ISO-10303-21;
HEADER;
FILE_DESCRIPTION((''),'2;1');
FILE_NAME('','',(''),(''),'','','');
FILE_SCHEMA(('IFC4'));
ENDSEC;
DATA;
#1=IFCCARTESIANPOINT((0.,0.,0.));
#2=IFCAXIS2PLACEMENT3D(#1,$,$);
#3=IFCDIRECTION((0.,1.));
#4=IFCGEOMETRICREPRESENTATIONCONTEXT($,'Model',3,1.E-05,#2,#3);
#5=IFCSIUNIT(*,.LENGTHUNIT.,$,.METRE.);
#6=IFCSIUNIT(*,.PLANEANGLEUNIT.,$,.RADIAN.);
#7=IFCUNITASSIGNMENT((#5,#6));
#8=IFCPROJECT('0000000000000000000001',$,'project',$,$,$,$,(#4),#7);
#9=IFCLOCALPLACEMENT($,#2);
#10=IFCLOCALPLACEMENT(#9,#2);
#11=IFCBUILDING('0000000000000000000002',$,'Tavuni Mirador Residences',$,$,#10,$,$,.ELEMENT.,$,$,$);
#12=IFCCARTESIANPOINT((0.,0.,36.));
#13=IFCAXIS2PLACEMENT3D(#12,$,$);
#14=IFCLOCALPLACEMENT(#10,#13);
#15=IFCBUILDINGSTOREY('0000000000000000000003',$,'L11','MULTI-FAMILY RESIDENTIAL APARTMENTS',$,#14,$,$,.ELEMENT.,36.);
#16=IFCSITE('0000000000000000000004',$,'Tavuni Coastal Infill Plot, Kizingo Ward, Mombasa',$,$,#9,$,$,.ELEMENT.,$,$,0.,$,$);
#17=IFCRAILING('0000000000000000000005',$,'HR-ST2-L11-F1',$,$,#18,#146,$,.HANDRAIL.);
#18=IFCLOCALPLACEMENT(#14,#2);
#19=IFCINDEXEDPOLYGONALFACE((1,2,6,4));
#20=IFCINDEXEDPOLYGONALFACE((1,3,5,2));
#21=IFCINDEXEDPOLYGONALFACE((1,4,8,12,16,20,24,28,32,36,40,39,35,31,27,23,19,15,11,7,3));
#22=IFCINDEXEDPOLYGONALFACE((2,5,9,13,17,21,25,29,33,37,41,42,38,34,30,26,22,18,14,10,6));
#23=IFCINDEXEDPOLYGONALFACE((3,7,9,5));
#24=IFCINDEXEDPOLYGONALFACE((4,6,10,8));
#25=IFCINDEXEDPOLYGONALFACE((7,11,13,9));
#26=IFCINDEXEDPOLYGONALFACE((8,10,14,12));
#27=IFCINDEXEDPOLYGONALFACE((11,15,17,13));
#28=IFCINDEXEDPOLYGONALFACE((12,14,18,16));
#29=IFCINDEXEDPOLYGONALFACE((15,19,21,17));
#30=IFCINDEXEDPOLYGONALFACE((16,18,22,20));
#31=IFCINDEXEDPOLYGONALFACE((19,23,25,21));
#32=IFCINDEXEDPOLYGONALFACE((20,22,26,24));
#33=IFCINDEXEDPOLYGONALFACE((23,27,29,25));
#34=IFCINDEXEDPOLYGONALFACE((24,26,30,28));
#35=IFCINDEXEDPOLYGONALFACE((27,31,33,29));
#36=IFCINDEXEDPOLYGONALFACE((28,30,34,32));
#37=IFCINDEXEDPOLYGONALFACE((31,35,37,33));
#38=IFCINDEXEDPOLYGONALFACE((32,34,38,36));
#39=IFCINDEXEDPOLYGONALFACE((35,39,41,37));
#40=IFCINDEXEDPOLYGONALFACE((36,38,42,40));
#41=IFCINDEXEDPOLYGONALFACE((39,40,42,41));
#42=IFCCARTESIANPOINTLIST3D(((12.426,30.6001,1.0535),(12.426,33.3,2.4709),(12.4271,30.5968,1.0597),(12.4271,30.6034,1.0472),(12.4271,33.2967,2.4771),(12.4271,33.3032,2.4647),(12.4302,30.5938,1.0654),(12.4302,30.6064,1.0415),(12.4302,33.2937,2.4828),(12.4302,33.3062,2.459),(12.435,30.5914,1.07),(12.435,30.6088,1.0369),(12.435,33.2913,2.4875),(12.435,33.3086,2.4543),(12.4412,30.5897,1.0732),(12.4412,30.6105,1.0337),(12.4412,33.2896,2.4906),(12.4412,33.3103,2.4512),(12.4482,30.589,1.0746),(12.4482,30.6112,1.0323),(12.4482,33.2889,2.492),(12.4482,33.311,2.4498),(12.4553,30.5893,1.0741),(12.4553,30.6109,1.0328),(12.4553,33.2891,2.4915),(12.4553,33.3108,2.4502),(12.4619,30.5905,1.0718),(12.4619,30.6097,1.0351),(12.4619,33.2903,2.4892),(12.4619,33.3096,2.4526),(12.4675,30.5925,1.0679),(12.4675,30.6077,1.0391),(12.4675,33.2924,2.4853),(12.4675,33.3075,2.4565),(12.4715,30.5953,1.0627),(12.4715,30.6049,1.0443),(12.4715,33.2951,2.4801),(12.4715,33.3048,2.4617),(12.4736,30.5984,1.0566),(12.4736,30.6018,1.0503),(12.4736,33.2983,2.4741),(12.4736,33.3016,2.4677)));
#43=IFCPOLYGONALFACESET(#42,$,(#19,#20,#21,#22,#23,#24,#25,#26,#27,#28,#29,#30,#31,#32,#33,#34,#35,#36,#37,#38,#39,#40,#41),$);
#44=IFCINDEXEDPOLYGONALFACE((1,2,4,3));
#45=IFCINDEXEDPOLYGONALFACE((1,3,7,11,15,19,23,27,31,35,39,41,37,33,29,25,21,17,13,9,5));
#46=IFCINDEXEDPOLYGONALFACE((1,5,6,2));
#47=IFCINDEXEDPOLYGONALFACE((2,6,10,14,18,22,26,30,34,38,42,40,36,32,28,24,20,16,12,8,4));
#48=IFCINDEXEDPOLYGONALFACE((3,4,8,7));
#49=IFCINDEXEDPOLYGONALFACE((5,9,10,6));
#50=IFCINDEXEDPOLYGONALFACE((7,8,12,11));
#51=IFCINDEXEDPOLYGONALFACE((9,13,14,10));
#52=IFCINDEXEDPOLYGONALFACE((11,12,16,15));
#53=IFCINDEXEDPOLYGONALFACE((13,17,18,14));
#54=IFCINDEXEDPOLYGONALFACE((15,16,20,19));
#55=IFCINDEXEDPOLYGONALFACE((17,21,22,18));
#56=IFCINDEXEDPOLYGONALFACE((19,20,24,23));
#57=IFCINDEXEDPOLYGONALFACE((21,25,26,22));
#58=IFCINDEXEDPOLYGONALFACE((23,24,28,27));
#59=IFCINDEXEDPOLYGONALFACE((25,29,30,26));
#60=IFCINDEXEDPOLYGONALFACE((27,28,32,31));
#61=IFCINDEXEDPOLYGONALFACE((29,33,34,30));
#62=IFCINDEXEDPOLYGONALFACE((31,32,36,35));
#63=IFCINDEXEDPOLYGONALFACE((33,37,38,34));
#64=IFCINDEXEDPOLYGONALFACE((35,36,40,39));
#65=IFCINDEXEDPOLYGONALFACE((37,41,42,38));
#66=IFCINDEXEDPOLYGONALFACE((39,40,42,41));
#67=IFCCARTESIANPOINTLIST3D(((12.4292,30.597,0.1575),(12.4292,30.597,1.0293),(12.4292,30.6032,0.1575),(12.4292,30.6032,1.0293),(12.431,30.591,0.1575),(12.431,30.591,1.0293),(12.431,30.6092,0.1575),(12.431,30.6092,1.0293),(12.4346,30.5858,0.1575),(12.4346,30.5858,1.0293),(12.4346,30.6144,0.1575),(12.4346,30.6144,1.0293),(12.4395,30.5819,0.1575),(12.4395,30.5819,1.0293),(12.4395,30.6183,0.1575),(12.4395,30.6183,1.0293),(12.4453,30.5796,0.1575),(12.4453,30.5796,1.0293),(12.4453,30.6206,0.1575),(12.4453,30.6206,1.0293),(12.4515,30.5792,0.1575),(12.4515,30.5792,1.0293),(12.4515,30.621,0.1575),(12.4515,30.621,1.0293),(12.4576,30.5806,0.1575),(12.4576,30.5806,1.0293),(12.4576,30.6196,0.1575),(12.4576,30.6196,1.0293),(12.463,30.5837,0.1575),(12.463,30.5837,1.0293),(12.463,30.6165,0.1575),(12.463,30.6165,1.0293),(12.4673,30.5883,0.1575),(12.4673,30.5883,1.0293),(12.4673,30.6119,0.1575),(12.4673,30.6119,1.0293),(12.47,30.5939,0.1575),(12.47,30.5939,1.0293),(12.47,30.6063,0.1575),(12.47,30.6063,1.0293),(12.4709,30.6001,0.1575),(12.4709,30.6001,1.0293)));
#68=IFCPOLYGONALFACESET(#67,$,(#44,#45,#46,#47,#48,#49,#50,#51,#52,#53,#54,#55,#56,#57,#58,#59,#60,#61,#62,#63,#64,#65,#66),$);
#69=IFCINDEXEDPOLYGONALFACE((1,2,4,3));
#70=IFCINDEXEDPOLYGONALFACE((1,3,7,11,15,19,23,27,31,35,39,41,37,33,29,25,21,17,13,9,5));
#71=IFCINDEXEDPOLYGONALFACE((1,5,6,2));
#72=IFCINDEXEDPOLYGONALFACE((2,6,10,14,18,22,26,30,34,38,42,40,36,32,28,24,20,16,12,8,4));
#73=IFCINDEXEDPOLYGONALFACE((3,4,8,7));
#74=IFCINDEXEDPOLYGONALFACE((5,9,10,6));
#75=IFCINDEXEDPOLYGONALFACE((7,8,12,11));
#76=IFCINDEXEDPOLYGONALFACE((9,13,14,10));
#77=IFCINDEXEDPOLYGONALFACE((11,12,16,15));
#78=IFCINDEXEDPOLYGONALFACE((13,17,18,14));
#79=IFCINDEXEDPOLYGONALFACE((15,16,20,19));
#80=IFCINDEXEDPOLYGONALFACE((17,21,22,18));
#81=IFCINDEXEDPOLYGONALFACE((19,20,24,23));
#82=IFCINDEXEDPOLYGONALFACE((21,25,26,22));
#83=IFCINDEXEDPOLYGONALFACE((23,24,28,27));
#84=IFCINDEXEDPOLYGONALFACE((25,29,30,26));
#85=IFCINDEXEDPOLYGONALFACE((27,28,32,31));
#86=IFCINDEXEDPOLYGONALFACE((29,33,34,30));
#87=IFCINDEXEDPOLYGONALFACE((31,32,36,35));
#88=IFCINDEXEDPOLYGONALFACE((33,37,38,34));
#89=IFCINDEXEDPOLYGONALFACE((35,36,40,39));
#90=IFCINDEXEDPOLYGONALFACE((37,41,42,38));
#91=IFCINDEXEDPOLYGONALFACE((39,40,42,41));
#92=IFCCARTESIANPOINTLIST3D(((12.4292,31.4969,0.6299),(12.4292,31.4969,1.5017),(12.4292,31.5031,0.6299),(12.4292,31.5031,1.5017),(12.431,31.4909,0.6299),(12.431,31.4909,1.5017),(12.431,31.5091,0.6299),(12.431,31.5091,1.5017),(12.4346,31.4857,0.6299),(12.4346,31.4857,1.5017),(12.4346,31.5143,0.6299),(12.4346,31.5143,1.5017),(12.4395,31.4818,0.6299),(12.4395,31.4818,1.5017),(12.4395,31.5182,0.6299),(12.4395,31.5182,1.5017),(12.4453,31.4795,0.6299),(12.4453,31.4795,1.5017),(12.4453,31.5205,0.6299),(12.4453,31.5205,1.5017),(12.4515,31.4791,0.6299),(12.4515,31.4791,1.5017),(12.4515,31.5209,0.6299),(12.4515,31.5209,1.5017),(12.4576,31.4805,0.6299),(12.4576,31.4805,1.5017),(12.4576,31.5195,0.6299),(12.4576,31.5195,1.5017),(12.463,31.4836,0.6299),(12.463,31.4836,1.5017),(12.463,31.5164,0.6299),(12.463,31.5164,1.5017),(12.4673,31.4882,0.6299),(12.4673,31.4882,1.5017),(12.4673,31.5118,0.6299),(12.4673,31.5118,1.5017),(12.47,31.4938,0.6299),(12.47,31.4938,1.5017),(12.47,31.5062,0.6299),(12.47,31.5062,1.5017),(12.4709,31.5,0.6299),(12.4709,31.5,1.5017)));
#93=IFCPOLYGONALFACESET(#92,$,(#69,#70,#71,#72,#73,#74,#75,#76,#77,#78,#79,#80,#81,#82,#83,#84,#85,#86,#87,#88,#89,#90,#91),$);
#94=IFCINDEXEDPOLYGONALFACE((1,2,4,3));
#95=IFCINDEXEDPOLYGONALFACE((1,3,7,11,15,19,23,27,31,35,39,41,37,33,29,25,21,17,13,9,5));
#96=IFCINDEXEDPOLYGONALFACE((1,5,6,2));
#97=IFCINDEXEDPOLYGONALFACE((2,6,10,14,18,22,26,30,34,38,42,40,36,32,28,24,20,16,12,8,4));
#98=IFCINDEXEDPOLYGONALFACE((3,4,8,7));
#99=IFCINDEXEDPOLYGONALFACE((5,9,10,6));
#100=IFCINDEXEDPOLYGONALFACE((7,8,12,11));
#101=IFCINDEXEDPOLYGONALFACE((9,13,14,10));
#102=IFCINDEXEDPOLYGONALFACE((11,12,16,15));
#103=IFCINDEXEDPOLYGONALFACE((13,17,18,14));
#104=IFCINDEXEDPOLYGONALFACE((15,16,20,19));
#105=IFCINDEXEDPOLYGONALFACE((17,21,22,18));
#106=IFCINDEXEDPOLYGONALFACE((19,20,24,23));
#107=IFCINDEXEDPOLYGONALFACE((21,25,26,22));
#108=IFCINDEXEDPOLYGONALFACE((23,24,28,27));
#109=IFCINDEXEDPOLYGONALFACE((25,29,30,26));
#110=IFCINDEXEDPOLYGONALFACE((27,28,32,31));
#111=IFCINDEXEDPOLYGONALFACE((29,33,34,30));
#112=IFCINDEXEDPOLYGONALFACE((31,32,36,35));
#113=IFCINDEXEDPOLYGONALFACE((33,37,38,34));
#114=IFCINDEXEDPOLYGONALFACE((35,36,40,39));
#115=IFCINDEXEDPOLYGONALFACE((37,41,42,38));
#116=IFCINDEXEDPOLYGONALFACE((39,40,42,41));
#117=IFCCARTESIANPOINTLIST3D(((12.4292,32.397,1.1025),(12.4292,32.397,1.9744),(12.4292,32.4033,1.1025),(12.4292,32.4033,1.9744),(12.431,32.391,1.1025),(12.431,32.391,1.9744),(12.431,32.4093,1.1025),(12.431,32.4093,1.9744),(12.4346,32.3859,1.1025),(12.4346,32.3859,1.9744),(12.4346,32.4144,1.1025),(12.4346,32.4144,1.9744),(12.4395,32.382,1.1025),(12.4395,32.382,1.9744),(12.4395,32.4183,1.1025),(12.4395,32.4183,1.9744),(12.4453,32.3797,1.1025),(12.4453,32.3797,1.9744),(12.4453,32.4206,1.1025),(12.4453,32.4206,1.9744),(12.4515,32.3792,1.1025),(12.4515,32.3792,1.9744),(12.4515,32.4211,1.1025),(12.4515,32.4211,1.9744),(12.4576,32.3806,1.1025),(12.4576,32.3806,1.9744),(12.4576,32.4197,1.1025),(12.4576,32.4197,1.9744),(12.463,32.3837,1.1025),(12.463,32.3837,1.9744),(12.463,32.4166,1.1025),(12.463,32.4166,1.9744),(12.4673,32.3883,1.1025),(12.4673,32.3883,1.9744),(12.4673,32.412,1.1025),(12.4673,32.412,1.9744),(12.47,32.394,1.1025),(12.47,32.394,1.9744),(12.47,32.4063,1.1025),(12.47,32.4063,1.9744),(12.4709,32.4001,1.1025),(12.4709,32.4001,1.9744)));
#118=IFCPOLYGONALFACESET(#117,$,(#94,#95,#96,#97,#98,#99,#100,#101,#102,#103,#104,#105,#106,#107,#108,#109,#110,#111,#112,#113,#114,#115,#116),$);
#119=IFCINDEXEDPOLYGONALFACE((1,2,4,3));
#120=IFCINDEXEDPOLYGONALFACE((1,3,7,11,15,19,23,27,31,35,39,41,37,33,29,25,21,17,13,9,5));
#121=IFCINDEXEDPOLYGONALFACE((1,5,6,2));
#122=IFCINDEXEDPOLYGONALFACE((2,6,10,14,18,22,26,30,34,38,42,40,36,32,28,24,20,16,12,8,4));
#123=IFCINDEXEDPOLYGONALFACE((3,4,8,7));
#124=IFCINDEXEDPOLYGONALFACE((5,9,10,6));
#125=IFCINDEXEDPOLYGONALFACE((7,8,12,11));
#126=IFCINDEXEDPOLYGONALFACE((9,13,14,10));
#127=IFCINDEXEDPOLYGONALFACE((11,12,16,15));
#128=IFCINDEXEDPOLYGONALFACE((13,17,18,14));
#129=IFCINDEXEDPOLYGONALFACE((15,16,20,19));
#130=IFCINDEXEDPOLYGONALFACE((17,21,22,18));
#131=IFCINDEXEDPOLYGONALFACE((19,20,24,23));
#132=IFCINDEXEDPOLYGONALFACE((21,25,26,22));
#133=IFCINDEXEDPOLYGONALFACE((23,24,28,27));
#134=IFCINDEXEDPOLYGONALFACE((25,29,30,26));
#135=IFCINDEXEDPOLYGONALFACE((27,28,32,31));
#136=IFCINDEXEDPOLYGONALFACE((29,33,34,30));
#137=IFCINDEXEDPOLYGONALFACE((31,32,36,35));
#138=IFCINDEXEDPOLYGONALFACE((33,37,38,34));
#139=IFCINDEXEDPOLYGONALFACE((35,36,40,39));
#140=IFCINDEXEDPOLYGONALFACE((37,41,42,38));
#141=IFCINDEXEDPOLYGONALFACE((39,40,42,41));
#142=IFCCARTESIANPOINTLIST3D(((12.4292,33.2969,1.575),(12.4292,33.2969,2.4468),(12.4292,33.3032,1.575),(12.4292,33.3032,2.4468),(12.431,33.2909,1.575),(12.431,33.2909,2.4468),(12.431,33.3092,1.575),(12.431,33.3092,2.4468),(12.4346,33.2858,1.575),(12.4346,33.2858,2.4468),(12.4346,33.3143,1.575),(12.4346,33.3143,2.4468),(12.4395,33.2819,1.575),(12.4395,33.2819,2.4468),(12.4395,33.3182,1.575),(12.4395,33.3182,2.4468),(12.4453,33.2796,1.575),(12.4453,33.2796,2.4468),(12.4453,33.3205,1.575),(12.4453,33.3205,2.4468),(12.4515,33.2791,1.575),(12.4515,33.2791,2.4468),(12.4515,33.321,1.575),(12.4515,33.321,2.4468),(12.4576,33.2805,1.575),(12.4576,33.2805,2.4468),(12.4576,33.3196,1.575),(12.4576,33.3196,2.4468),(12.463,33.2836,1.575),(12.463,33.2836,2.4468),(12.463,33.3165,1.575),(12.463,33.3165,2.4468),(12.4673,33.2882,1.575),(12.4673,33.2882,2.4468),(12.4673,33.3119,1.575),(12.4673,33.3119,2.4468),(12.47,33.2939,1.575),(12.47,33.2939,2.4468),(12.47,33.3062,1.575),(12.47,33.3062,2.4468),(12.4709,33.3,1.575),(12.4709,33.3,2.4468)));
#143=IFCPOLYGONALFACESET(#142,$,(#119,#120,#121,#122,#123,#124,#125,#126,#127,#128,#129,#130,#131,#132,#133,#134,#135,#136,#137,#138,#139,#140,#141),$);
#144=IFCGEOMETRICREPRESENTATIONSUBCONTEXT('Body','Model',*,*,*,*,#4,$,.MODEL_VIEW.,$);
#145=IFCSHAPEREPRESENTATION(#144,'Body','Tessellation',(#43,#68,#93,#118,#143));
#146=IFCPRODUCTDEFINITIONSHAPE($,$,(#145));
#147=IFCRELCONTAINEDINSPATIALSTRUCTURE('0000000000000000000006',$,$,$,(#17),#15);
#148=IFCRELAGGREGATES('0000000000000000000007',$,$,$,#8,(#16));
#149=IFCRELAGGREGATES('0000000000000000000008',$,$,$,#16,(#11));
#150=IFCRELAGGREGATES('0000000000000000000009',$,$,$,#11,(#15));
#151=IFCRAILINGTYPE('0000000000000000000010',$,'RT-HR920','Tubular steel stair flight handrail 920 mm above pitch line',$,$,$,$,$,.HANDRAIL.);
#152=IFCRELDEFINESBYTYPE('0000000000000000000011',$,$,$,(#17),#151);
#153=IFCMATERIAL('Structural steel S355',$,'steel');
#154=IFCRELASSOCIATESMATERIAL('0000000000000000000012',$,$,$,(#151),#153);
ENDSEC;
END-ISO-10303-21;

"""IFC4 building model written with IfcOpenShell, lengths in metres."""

from ifc_helpers import new_model, si_unit, direction, frame, origin, origin_2d, place, context, subcontext, project, spatial, circle, extrude, material, type_object, element, save


model = new_model("IFC4")

# Units and contexts
model_context = context("Model", 3, precision=1e-05, world=origin(), true_north=direction((0.0, 1.0)))
body_context = subcontext(model_context, "Body", "Model", "MODEL_VIEW")
ifc_project = project(units=[si_unit("LENGTHUNIT", "METRE"), si_unit("PLANEANGLEUNIT", "RADIAN")], contexts=[model_context])

# Site, building, storey
site_placement = place(None, origin())
site = spatial("IfcSite", under=ifc_project, at=site_placement, Name="Tavuni Coastal Infill Plot, Kizingo Ward, Mombasa", CompositionType="ELEMENT", RefElevation=0.0)
building_placement = place(site_placement, origin())
building = spatial("IfcBuilding", under=site, at=building_placement, Name="Tavuni Mirador Residences", CompositionType="ELEMENT")
storey_placement = place(building_placement, frame((0.0, 0.0, 36.0)))
storey = spatial("IfcBuildingStorey", under=building, at=storey_placement, Name="L11", Description="MULTI-FAMILY RESIDENTIAL APARTMENTS", CompositionType="ELEMENT", Elevation=36.0)

# Railing
ifc_material_1 = material(Name="Structural steel S355", Category="steel")
railing_type = type_object("IfcRailingType", Name="RT-HR920", Description="Tubular steel stair flight handrail 920 mm above pitch line", PredefinedType="HANDRAIL", material=ifc_material_1)
railing_1_placement = place(storey_placement, frame((12.45, 30.6001, 0.1575)))
element("IfcRailing", 1, at=railing_1_placement, inside=storey, type_object=railing_type, Name="HR-ST2-L11-F1", PredefinedType="HANDRAIL", context=body_context, shape_type="SweptSolid", body=[
    extrude(circle(Radius=0.0239, at=origin_2d()), frame((0.0, 0.0, 0.896), z_axis=(0.0, 0.885397, 0.464835), x_axis=(-1.0, 0.0, 0.0)), (0.0, 0.0, 1.0), 3.0493),
    extrude(circle(Radius=0.021, at=origin_2d()), origin(), (0.0, 0.0, 1.0), 0.8718),
    extrude(circle(Radius=0.021, at=origin_2d()), frame((0.0, 0.8999, 0.4724)), (0.0, 0.0, 1.0), 0.8718),
    extrude(circle(Radius=0.021, at=origin_2d()), frame((0.0, 1.8, 0.9451)), (0.0, 0.0, 1.0), 0.8718),
    extrude(circle(Radius=0.021, at=origin_2d()), frame((0.0, 2.7, 1.4175)), (0.0, 0.0, 1.0), 0.8718),
])

save(model, "model.ifc")
